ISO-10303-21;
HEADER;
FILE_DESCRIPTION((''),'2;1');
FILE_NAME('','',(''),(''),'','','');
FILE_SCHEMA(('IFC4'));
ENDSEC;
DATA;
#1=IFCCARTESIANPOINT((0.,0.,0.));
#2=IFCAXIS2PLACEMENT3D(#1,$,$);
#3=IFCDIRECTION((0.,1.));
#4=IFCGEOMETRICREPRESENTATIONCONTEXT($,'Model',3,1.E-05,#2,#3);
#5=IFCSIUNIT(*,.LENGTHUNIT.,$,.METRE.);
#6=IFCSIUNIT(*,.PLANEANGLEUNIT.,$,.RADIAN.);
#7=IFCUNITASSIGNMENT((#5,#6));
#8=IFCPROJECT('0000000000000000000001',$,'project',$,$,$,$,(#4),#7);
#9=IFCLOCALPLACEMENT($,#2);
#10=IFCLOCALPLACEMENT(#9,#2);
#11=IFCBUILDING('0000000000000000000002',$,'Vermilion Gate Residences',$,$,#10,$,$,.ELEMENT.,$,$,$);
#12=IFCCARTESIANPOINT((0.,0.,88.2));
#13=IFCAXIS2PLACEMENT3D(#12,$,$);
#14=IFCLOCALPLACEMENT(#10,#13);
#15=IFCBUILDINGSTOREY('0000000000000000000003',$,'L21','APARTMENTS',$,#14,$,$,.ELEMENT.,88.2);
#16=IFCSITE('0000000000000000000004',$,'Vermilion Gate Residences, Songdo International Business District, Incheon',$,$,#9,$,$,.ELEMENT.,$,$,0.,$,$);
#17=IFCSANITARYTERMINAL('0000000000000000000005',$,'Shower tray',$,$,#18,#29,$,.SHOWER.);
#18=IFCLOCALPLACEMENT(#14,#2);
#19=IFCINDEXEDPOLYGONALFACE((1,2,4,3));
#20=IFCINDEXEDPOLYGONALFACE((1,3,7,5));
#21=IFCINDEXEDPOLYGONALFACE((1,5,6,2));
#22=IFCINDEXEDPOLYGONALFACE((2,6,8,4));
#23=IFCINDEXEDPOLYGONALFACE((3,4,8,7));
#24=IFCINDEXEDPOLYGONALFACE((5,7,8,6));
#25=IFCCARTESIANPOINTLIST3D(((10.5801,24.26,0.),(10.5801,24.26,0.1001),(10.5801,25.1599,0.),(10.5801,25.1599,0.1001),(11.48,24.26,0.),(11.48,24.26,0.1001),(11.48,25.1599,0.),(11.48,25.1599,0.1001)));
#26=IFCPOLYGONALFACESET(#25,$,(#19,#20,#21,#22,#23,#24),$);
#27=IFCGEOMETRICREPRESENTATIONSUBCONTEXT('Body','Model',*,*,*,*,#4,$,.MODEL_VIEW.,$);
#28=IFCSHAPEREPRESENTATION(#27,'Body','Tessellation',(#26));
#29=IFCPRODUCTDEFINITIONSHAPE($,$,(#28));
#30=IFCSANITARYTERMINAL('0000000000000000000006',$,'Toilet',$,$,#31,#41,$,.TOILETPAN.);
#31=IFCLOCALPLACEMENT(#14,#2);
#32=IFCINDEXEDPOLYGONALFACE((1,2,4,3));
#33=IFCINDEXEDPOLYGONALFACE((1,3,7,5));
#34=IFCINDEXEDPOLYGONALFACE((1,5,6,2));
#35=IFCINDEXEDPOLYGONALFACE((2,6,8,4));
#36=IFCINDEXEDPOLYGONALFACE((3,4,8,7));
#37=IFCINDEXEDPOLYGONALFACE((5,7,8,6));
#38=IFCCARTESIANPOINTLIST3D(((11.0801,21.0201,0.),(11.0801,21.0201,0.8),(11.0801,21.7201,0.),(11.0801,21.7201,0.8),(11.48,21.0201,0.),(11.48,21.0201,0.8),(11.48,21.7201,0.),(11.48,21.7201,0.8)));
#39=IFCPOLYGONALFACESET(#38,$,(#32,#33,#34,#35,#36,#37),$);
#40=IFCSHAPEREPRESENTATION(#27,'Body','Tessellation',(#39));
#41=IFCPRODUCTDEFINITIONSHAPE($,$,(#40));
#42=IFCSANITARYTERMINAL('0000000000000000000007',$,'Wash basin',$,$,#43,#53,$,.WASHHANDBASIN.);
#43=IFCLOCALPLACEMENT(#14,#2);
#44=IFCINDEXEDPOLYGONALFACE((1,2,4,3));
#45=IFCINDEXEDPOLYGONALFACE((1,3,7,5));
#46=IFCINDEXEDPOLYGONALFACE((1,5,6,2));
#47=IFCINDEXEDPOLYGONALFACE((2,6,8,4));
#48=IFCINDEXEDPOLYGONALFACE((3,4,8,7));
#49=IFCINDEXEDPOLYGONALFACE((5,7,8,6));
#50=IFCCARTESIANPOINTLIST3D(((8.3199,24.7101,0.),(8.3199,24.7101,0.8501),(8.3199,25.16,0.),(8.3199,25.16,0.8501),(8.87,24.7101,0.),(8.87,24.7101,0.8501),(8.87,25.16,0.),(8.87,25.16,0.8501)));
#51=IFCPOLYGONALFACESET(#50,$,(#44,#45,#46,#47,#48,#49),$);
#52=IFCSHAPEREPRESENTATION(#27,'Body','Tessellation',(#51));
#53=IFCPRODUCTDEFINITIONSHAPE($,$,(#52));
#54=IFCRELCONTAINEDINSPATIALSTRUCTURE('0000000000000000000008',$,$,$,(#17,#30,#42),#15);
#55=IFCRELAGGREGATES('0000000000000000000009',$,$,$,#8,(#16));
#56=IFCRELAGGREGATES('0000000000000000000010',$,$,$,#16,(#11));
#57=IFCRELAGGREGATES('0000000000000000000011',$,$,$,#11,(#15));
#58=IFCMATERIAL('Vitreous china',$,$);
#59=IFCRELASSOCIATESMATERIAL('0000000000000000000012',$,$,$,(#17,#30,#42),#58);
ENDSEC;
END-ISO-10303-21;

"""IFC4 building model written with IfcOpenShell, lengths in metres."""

from ifc_helpers import new_model, si_unit, direction, frame, origin, origin_2d, place, context, subcontext, project, spatial, rectangle, extrude, material, element, save


model = new_model("IFC4")

# Units and contexts
model_context = context("Model", 3, precision=1e-05, world=origin(), true_north=direction((0.0, 1.0)))
body_context = subcontext(model_context, "Body", "Model", "MODEL_VIEW")
ifc_project = project(units=[si_unit("LENGTHUNIT", "METRE"), si_unit("PLANEANGLEUNIT", "RADIAN")], contexts=[model_context])

# Site, building, storey
site_placement = place(None, origin())
site = spatial("IfcSite", under=ifc_project, at=site_placement, Name="Vermilion Gate Residences, Songdo International Business District, Incheon", CompositionType="ELEMENT", RefElevation=0.0)
building_placement = place(site_placement, origin())
building = spatial("IfcBuilding", under=site, at=building_placement, Name="Vermilion Gate Residences", CompositionType="ELEMENT")
storey_placement = place(building_placement, frame((0.0, 0.0, 88.2)))
storey = spatial("IfcBuildingStorey", under=building, at=storey_placement, Name="L21", Description="APARTMENTS", CompositionType="ELEMENT", Elevation=88.2)

# Sanitary terminals
ifc_material_1 = material(Name="Vitreous china")
sanitary_terminal_1_placement = place(storey_placement, frame((11.03, 24.71, 0.0), z_axis=(0.0, 0.0, 1.0), x_axis=(1.0, 0.0, 0.0)))
element("IfcSanitaryTerminal", 1, at=sanitary_terminal_1_placement, inside=storey, material=ifc_material_1, Name="Shower tray", PredefinedType="SHOWER", context=body_context, shape_type="SweptSolid", body=[
    extrude(rectangle(XDim=0.8999, YDim=0.8999, at=origin_2d()), origin(), (0.0, 0.0, 1.0), 0.1001),
])
sanitary_terminal_2_placement = place(storey_placement, frame((11.28, 21.3701, 0.0), z_axis=(0.0, 0.0, 1.0), x_axis=(1.0, 0.0, 0.0)))
element("IfcSanitaryTerminal", 2, at=sanitary_terminal_2_placement, inside=storey, material=ifc_material_1, Name="Toilet", PredefinedType="TOILETPAN", context=body_context, shape_type="SweptSolid", body=[
    extrude(rectangle(XDim=0.3999, YDim=0.7, at=origin_2d()), origin(), (0.0, 0.0, 1.0), 0.8),
])
sanitary_terminal_3_placement = place(storey_placement, frame((8.595, 24.9351, 0.0), z_axis=(0.0, 0.0, 1.0), x_axis=(1.0, 0.0, 0.0)))
element("IfcSanitaryTerminal", 3, at=sanitary_terminal_3_placement, inside=storey, material=ifc_material_1, Name="Wash basin", PredefinedType="WASHHANDBASIN", context=body_context, shape_type="SweptSolid", body=[
    extrude(rectangle(XDim=0.55, YDim=0.45, at=origin_2d()), origin(), (0.0, 0.0, 1.0), 0.8501),
])

save(model, "model.ifc")
